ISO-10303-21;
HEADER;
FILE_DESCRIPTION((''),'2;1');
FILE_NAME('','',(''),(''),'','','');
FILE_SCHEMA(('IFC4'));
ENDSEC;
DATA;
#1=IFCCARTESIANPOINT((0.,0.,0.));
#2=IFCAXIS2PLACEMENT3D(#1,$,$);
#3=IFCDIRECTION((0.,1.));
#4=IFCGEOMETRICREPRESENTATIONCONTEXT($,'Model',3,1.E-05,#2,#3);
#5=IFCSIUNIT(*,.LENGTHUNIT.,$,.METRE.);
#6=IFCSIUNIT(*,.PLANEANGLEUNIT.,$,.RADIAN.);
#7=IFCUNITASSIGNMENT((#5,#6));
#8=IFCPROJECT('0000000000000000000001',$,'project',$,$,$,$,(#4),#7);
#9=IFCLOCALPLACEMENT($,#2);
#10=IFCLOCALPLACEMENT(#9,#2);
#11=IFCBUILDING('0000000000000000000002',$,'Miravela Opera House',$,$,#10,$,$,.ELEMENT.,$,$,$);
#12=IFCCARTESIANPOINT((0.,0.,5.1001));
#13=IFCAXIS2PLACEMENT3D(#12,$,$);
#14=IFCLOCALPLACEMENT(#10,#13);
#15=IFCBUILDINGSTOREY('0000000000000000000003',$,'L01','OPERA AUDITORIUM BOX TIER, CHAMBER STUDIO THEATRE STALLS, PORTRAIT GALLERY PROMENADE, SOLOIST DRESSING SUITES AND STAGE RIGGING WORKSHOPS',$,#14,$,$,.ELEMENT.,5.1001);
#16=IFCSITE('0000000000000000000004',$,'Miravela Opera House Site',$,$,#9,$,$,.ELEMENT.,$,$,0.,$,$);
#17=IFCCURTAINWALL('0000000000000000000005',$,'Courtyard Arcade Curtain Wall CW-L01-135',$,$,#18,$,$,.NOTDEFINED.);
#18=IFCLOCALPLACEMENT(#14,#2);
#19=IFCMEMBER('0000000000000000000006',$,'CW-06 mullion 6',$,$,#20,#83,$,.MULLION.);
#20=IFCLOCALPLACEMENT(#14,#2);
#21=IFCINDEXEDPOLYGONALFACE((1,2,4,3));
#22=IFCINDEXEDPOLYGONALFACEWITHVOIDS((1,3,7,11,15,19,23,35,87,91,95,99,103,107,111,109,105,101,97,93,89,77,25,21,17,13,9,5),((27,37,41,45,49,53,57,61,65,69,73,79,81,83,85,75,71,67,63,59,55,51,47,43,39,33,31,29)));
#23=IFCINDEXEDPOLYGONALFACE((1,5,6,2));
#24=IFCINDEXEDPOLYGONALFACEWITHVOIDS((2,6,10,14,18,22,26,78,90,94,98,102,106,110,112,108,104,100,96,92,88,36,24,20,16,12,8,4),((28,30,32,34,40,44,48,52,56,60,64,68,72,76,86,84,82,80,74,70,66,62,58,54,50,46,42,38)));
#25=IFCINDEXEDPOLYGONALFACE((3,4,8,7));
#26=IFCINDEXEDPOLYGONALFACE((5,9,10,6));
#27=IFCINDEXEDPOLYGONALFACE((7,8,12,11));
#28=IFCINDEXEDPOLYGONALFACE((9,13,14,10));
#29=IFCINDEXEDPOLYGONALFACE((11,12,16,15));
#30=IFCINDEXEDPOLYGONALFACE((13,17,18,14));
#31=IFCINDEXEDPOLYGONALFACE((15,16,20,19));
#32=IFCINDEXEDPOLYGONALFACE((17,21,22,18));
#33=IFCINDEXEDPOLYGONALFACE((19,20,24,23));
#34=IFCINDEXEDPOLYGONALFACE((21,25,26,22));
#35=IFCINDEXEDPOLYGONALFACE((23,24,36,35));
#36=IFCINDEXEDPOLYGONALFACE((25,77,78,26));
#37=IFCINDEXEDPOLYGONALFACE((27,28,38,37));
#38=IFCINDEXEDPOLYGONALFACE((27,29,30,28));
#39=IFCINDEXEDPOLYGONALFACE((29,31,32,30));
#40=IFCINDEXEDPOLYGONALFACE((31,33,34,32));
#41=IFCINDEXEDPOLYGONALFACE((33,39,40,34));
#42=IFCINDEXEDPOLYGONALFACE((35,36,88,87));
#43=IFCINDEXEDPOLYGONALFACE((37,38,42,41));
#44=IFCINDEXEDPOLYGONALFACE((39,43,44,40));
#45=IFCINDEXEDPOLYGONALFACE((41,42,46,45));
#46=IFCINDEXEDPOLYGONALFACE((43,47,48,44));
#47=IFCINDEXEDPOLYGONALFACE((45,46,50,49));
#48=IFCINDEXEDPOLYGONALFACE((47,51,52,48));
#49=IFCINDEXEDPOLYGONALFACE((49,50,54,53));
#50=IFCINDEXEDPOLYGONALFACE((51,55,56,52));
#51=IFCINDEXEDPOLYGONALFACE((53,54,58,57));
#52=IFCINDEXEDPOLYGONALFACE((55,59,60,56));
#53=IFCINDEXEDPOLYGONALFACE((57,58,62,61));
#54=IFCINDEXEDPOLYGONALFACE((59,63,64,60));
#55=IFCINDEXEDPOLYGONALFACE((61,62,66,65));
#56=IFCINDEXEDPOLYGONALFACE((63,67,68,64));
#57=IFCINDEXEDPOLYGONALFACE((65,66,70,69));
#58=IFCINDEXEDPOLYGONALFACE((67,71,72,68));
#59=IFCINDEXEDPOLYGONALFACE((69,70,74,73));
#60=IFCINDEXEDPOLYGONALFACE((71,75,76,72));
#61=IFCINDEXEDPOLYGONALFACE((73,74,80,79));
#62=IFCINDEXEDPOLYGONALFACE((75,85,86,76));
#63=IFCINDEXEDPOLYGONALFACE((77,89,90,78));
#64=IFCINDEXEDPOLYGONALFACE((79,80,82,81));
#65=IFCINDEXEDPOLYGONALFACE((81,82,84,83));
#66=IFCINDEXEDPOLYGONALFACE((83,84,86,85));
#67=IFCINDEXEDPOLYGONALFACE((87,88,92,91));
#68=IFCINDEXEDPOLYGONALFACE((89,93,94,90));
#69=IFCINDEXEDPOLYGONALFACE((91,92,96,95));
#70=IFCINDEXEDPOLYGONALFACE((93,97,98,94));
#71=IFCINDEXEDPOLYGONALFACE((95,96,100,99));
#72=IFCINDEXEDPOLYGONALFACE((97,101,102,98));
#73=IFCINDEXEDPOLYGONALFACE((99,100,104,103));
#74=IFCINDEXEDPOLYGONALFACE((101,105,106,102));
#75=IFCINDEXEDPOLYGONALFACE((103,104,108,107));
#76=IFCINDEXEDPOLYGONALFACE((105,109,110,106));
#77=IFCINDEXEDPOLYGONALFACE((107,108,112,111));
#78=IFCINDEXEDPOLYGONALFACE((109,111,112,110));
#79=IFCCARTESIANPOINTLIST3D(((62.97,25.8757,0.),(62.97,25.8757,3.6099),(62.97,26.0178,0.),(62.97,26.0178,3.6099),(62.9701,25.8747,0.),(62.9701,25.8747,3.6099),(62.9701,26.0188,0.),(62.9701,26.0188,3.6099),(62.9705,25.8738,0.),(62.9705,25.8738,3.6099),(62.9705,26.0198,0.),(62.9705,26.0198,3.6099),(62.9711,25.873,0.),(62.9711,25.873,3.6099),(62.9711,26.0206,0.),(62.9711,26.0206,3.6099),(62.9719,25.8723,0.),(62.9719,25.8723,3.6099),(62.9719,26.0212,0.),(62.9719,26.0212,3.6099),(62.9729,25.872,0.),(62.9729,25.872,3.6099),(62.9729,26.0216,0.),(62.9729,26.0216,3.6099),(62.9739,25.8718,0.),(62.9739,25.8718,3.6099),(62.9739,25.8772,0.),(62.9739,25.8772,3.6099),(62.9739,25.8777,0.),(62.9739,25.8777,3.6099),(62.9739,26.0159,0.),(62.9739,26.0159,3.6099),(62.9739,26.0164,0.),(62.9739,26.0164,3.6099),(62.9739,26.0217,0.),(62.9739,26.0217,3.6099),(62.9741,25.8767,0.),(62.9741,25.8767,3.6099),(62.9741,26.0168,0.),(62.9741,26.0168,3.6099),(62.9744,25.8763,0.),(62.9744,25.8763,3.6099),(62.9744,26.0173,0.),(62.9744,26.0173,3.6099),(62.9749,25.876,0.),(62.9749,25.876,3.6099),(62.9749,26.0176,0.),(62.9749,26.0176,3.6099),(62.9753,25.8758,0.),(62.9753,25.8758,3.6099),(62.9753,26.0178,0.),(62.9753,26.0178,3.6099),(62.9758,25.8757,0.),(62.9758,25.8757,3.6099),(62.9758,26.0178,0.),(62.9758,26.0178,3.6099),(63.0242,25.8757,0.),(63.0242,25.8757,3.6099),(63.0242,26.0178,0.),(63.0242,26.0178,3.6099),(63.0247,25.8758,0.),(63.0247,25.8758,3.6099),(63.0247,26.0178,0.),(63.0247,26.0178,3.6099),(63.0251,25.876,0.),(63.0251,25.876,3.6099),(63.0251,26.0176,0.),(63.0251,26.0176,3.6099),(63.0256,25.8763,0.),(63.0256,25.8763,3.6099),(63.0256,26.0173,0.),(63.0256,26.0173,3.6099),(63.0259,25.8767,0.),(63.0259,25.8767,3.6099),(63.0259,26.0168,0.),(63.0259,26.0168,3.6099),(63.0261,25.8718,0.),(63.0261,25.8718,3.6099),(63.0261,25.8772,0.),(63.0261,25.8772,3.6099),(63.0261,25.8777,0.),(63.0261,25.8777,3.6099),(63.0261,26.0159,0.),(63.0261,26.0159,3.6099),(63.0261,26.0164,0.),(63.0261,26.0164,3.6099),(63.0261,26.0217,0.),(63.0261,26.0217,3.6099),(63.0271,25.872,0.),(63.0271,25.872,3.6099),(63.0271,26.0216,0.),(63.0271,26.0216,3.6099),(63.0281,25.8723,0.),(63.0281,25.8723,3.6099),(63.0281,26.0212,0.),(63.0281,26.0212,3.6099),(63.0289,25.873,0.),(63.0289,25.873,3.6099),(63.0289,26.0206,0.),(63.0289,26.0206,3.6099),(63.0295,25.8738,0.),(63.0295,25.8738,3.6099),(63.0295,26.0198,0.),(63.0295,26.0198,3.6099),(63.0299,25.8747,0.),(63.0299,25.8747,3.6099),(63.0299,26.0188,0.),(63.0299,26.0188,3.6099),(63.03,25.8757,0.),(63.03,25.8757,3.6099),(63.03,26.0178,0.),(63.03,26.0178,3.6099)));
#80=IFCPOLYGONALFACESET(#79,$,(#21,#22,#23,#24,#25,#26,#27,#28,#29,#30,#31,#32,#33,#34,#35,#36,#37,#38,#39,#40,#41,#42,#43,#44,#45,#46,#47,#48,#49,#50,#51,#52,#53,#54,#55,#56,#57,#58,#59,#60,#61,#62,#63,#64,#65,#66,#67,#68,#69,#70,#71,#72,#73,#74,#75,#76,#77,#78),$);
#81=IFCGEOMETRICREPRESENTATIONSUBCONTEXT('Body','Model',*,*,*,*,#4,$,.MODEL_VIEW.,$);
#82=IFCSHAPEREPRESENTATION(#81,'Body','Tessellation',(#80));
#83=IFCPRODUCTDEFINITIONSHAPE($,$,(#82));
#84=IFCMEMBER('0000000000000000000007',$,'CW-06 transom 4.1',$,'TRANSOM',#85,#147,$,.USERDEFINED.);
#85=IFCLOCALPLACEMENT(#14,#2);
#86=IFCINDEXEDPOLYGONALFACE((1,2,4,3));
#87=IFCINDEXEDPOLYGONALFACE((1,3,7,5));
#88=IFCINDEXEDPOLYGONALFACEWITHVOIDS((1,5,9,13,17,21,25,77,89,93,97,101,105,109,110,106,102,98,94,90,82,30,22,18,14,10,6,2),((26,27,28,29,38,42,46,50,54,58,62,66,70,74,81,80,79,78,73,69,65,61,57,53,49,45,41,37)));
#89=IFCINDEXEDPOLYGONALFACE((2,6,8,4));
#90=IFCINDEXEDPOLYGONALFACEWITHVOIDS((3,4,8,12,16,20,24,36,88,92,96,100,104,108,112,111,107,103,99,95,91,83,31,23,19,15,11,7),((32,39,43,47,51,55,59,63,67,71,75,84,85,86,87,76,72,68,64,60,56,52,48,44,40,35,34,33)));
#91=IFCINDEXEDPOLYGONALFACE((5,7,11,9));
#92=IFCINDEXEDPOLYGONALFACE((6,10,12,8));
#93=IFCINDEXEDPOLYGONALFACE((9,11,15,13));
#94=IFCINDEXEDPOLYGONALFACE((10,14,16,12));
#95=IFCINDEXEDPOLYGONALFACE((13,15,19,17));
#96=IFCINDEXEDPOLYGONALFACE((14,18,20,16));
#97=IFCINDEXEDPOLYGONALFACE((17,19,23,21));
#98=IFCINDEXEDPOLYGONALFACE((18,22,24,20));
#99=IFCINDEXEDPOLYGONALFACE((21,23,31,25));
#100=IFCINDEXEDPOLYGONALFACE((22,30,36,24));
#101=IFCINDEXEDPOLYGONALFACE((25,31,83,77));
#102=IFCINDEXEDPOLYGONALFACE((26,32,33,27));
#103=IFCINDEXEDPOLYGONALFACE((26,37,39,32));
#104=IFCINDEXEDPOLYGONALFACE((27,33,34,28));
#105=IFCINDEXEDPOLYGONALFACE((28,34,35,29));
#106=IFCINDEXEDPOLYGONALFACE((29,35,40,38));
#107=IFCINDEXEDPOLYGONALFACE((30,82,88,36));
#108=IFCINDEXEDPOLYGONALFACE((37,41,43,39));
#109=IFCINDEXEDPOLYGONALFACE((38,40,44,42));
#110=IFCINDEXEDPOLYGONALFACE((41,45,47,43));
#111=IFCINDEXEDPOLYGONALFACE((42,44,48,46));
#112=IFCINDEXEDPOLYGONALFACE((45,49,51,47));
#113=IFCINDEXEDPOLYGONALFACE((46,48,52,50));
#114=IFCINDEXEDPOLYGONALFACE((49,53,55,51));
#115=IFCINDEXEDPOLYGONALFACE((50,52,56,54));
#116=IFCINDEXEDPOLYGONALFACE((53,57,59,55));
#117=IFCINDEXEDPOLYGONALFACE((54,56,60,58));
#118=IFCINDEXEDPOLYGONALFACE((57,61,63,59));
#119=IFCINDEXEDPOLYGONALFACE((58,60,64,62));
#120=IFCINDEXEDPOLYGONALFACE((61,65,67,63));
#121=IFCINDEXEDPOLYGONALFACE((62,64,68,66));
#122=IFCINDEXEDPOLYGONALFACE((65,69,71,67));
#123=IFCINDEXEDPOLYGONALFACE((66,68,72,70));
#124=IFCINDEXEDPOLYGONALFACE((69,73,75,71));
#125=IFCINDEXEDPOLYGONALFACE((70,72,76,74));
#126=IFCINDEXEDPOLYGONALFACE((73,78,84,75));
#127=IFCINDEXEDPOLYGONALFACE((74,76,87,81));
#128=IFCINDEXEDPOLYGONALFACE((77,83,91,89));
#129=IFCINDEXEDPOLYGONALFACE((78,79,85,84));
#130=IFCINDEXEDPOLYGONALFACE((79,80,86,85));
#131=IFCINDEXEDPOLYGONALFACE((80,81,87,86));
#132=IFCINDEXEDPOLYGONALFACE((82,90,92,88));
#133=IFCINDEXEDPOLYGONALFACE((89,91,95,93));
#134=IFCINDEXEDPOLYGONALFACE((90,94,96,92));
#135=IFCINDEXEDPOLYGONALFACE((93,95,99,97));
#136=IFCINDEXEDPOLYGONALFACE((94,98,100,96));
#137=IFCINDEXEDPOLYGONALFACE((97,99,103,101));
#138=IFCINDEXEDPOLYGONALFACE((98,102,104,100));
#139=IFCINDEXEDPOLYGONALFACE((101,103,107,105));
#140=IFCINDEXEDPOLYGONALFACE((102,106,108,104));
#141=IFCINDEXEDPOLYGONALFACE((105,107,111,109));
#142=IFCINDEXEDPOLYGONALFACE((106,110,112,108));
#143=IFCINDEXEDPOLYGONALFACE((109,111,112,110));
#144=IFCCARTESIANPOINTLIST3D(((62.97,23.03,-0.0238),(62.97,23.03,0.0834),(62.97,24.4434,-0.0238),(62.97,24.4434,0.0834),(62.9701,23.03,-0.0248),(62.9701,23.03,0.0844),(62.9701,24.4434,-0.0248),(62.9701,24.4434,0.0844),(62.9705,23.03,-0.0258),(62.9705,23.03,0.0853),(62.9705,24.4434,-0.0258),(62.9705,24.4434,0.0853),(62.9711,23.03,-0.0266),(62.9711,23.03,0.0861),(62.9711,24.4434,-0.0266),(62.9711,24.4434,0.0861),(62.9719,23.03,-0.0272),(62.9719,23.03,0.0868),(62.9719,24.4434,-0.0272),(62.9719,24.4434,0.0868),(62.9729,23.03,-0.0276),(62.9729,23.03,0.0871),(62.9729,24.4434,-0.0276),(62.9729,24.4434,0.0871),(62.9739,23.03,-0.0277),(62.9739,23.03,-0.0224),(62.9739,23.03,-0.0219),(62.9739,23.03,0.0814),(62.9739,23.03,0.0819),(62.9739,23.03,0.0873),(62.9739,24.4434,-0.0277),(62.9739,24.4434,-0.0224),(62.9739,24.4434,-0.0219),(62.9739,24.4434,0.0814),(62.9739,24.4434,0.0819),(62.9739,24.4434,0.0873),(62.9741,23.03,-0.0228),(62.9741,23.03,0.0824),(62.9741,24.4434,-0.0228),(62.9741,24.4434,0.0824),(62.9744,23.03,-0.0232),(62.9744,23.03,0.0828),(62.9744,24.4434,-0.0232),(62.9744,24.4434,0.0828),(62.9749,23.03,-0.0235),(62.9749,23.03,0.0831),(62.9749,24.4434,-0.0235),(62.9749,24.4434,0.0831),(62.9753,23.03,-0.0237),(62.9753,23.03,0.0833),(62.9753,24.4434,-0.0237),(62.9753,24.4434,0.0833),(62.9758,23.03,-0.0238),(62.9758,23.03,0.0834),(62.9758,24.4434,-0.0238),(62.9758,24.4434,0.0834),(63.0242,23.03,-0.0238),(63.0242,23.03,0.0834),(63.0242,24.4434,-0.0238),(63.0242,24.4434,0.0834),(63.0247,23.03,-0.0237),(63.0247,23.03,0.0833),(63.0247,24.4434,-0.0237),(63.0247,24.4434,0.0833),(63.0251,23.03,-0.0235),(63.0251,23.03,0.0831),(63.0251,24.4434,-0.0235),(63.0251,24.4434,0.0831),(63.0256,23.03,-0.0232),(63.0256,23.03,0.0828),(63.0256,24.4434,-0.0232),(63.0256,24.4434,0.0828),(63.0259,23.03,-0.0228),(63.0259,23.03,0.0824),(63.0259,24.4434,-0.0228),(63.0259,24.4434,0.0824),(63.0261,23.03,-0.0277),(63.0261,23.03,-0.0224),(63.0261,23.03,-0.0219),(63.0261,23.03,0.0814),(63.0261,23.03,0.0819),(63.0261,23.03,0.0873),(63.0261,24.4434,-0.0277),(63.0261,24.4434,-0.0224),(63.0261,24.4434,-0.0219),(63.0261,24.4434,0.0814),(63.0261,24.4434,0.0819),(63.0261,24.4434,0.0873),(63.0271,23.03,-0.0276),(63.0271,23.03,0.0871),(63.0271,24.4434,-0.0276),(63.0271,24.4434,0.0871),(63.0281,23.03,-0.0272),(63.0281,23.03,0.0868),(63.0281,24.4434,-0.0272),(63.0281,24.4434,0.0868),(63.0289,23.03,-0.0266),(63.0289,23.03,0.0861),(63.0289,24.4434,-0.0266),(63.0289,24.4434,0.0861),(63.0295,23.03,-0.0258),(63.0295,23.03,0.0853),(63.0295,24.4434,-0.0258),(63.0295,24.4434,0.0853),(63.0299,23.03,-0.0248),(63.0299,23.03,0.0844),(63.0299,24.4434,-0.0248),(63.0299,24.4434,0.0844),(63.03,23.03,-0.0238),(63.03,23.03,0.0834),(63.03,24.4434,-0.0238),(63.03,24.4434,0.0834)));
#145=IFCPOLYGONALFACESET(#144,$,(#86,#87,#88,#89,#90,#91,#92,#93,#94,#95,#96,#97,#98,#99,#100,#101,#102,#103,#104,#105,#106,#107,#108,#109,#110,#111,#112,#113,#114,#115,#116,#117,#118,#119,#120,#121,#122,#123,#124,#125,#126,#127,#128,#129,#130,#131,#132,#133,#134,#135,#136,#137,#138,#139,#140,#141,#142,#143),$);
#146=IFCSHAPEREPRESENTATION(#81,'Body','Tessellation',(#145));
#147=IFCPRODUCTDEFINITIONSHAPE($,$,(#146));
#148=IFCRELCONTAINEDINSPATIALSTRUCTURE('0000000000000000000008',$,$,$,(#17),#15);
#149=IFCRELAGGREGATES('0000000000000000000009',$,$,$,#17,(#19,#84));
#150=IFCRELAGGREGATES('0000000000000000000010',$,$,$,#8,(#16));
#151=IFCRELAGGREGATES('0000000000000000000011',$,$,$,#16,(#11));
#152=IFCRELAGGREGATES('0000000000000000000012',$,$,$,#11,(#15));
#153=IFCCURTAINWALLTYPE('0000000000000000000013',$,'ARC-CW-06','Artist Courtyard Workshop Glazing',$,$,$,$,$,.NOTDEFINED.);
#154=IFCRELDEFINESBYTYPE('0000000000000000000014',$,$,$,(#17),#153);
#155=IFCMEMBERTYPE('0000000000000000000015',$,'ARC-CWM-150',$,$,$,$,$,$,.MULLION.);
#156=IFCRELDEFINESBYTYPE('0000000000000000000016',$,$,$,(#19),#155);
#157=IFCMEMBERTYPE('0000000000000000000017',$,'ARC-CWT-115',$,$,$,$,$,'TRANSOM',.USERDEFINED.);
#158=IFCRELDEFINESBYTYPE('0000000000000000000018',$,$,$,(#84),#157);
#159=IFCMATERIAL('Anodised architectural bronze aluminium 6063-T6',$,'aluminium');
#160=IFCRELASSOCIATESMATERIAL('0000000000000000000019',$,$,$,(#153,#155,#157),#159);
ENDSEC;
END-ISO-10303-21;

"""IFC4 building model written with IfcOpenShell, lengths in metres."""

from ifc_helpers import new_model, si_unit, direction, frame, origin, origin_2d, place, context, subcontext, project, spatial, hollow_rectangle, extrude, material, material_profile, profile_set, type_object, element, aggregate, save


model = new_model("IFC4")

# Units and contexts
model_context = context("Model", 3, precision=1e-05, world=origin(), true_north=direction((0.0, 1.0)))
body_context = subcontext(model_context, "Body", "Model", "MODEL_VIEW")
ifc_project = project(units=[si_unit("LENGTHUNIT", "METRE"), si_unit("PLANEANGLEUNIT", "RADIAN")], contexts=[model_context])

# Site, building, storey
site_placement = place(None, origin())
site = spatial("IfcSite", under=ifc_project, at=site_placement, Name="Miravela Opera House Site", CompositionType="ELEMENT", RefElevation=0.0)
building_placement = place(site_placement, origin())
building = spatial("IfcBuilding", under=site, at=building_placement, Name="Miravela Opera House", CompositionType="ELEMENT")
storey_placement = place(building_placement, frame((0.0, 0.0, 5.1001)))
storey = spatial("IfcBuildingStorey", under=building, at=storey_placement, Name="L01", Description="OPERA AUDITORIUM BOX TIER, CHAMBER STUDIO THEATRE STALLS, PORTRAIT GALLERY PROMENADE, SOLOIST DRESSING SUITES AND STAGE RIGGING WORKSHOPS", CompositionType="ELEMENT", Elevation=5.1001)

# Curtain wall, members
ifc_material_1 = material(Name="Anodised architectural bronze aluminium 6063-T6", Category="aluminium")
curtain_wall_type = type_object("IfcCurtainWallType", Name="ARC-CW-06", Description="Artist Courtyard Workshop Glazing", PredefinedType="NOTDEFINED", material=ifc_material_1)
curtain_wall_placement = place(storey_placement, origin())
curtain_wall = element("IfcCurtainWall", 1, at=curtain_wall_placement, inside=storey, type_object=curtain_wall_type, Name="Courtyard Arcade Curtain Wall CW-L01-135", PredefinedType="NOTDEFINED")
ifc_material_profile_1 = material_profile(ifc_material_1, hollow_rectangle(XDim=0.0601, YDim=0.1499, WallThickness=0.0039, InnerFilletRadius=0.002, OuterFilletRadius=0.0039, at=origin_2d()), Name="CWM-60X150")
ifc_profile_set_1 = profile_set([ifc_material_profile_1])
member_type_1 = type_object("IfcMemberType", Name="ARC-CWM-150", PredefinedType="MULLION", material=ifc_profile_set_1)
member_1_placement = place(storey_placement, frame((63.0, 25.9468, 0.0), z_axis=(0.0, 0.0, 1.0), x_axis=(-1.0, 0.0, 0.0)))
member_1 = element("IfcMember", 2, at=member_1_placement, type_object=member_type_1, Name="CW-06 mullion 6", PredefinedType="MULLION", context=body_context, shape_type="SweptSolid", body=[
    extrude(hollow_rectangle(XDim=0.0601, YDim=0.1499, WallThickness=0.0039, InnerFilletRadius=0.002, OuterFilletRadius=0.0039, at=origin_2d()), origin(), (0.0, 0.0, 1.0), 3.6099),
])
ifc_material_profile_2 = material_profile(ifc_material_1, hollow_rectangle(XDim=0.0601, YDim=0.115, WallThickness=0.0039, InnerFilletRadius=0.002, OuterFilletRadius=0.0039, at=origin_2d()), Name="CWT-60X115")
ifc_profile_set_2 = profile_set([ifc_material_profile_2])
member_type_2 = type_object("IfcMemberType", Name="ARC-CWT-115", ElementType="TRANSOM", PredefinedType="USERDEFINED", material=ifc_profile_set_2)
member_2_placement = place(storey_placement, frame((63.0, 23.03, 0.0298), z_axis=(0.0, 1.0, 0.0), x_axis=(-1.0, 0.0, 0.0)))
member_2 = element("IfcMember", 3, at=member_2_placement, type_object=member_type_2, Name="CW-06 transom 4.1", ObjectType="TRANSOM", PredefinedType="USERDEFINED", context=body_context, shape_type="SweptSolid", body=[
    extrude(hollow_rectangle(XDim=0.0601, YDim=0.115, WallThickness=0.0039, InnerFilletRadius=0.002, OuterFilletRadius=0.0039, at=origin_2d()), origin(), (0.0, 0.0, 1.0), 1.4133),
])

aggregate(curtain_wall, [member_1, member_2])

save(model, "model.ifc")
